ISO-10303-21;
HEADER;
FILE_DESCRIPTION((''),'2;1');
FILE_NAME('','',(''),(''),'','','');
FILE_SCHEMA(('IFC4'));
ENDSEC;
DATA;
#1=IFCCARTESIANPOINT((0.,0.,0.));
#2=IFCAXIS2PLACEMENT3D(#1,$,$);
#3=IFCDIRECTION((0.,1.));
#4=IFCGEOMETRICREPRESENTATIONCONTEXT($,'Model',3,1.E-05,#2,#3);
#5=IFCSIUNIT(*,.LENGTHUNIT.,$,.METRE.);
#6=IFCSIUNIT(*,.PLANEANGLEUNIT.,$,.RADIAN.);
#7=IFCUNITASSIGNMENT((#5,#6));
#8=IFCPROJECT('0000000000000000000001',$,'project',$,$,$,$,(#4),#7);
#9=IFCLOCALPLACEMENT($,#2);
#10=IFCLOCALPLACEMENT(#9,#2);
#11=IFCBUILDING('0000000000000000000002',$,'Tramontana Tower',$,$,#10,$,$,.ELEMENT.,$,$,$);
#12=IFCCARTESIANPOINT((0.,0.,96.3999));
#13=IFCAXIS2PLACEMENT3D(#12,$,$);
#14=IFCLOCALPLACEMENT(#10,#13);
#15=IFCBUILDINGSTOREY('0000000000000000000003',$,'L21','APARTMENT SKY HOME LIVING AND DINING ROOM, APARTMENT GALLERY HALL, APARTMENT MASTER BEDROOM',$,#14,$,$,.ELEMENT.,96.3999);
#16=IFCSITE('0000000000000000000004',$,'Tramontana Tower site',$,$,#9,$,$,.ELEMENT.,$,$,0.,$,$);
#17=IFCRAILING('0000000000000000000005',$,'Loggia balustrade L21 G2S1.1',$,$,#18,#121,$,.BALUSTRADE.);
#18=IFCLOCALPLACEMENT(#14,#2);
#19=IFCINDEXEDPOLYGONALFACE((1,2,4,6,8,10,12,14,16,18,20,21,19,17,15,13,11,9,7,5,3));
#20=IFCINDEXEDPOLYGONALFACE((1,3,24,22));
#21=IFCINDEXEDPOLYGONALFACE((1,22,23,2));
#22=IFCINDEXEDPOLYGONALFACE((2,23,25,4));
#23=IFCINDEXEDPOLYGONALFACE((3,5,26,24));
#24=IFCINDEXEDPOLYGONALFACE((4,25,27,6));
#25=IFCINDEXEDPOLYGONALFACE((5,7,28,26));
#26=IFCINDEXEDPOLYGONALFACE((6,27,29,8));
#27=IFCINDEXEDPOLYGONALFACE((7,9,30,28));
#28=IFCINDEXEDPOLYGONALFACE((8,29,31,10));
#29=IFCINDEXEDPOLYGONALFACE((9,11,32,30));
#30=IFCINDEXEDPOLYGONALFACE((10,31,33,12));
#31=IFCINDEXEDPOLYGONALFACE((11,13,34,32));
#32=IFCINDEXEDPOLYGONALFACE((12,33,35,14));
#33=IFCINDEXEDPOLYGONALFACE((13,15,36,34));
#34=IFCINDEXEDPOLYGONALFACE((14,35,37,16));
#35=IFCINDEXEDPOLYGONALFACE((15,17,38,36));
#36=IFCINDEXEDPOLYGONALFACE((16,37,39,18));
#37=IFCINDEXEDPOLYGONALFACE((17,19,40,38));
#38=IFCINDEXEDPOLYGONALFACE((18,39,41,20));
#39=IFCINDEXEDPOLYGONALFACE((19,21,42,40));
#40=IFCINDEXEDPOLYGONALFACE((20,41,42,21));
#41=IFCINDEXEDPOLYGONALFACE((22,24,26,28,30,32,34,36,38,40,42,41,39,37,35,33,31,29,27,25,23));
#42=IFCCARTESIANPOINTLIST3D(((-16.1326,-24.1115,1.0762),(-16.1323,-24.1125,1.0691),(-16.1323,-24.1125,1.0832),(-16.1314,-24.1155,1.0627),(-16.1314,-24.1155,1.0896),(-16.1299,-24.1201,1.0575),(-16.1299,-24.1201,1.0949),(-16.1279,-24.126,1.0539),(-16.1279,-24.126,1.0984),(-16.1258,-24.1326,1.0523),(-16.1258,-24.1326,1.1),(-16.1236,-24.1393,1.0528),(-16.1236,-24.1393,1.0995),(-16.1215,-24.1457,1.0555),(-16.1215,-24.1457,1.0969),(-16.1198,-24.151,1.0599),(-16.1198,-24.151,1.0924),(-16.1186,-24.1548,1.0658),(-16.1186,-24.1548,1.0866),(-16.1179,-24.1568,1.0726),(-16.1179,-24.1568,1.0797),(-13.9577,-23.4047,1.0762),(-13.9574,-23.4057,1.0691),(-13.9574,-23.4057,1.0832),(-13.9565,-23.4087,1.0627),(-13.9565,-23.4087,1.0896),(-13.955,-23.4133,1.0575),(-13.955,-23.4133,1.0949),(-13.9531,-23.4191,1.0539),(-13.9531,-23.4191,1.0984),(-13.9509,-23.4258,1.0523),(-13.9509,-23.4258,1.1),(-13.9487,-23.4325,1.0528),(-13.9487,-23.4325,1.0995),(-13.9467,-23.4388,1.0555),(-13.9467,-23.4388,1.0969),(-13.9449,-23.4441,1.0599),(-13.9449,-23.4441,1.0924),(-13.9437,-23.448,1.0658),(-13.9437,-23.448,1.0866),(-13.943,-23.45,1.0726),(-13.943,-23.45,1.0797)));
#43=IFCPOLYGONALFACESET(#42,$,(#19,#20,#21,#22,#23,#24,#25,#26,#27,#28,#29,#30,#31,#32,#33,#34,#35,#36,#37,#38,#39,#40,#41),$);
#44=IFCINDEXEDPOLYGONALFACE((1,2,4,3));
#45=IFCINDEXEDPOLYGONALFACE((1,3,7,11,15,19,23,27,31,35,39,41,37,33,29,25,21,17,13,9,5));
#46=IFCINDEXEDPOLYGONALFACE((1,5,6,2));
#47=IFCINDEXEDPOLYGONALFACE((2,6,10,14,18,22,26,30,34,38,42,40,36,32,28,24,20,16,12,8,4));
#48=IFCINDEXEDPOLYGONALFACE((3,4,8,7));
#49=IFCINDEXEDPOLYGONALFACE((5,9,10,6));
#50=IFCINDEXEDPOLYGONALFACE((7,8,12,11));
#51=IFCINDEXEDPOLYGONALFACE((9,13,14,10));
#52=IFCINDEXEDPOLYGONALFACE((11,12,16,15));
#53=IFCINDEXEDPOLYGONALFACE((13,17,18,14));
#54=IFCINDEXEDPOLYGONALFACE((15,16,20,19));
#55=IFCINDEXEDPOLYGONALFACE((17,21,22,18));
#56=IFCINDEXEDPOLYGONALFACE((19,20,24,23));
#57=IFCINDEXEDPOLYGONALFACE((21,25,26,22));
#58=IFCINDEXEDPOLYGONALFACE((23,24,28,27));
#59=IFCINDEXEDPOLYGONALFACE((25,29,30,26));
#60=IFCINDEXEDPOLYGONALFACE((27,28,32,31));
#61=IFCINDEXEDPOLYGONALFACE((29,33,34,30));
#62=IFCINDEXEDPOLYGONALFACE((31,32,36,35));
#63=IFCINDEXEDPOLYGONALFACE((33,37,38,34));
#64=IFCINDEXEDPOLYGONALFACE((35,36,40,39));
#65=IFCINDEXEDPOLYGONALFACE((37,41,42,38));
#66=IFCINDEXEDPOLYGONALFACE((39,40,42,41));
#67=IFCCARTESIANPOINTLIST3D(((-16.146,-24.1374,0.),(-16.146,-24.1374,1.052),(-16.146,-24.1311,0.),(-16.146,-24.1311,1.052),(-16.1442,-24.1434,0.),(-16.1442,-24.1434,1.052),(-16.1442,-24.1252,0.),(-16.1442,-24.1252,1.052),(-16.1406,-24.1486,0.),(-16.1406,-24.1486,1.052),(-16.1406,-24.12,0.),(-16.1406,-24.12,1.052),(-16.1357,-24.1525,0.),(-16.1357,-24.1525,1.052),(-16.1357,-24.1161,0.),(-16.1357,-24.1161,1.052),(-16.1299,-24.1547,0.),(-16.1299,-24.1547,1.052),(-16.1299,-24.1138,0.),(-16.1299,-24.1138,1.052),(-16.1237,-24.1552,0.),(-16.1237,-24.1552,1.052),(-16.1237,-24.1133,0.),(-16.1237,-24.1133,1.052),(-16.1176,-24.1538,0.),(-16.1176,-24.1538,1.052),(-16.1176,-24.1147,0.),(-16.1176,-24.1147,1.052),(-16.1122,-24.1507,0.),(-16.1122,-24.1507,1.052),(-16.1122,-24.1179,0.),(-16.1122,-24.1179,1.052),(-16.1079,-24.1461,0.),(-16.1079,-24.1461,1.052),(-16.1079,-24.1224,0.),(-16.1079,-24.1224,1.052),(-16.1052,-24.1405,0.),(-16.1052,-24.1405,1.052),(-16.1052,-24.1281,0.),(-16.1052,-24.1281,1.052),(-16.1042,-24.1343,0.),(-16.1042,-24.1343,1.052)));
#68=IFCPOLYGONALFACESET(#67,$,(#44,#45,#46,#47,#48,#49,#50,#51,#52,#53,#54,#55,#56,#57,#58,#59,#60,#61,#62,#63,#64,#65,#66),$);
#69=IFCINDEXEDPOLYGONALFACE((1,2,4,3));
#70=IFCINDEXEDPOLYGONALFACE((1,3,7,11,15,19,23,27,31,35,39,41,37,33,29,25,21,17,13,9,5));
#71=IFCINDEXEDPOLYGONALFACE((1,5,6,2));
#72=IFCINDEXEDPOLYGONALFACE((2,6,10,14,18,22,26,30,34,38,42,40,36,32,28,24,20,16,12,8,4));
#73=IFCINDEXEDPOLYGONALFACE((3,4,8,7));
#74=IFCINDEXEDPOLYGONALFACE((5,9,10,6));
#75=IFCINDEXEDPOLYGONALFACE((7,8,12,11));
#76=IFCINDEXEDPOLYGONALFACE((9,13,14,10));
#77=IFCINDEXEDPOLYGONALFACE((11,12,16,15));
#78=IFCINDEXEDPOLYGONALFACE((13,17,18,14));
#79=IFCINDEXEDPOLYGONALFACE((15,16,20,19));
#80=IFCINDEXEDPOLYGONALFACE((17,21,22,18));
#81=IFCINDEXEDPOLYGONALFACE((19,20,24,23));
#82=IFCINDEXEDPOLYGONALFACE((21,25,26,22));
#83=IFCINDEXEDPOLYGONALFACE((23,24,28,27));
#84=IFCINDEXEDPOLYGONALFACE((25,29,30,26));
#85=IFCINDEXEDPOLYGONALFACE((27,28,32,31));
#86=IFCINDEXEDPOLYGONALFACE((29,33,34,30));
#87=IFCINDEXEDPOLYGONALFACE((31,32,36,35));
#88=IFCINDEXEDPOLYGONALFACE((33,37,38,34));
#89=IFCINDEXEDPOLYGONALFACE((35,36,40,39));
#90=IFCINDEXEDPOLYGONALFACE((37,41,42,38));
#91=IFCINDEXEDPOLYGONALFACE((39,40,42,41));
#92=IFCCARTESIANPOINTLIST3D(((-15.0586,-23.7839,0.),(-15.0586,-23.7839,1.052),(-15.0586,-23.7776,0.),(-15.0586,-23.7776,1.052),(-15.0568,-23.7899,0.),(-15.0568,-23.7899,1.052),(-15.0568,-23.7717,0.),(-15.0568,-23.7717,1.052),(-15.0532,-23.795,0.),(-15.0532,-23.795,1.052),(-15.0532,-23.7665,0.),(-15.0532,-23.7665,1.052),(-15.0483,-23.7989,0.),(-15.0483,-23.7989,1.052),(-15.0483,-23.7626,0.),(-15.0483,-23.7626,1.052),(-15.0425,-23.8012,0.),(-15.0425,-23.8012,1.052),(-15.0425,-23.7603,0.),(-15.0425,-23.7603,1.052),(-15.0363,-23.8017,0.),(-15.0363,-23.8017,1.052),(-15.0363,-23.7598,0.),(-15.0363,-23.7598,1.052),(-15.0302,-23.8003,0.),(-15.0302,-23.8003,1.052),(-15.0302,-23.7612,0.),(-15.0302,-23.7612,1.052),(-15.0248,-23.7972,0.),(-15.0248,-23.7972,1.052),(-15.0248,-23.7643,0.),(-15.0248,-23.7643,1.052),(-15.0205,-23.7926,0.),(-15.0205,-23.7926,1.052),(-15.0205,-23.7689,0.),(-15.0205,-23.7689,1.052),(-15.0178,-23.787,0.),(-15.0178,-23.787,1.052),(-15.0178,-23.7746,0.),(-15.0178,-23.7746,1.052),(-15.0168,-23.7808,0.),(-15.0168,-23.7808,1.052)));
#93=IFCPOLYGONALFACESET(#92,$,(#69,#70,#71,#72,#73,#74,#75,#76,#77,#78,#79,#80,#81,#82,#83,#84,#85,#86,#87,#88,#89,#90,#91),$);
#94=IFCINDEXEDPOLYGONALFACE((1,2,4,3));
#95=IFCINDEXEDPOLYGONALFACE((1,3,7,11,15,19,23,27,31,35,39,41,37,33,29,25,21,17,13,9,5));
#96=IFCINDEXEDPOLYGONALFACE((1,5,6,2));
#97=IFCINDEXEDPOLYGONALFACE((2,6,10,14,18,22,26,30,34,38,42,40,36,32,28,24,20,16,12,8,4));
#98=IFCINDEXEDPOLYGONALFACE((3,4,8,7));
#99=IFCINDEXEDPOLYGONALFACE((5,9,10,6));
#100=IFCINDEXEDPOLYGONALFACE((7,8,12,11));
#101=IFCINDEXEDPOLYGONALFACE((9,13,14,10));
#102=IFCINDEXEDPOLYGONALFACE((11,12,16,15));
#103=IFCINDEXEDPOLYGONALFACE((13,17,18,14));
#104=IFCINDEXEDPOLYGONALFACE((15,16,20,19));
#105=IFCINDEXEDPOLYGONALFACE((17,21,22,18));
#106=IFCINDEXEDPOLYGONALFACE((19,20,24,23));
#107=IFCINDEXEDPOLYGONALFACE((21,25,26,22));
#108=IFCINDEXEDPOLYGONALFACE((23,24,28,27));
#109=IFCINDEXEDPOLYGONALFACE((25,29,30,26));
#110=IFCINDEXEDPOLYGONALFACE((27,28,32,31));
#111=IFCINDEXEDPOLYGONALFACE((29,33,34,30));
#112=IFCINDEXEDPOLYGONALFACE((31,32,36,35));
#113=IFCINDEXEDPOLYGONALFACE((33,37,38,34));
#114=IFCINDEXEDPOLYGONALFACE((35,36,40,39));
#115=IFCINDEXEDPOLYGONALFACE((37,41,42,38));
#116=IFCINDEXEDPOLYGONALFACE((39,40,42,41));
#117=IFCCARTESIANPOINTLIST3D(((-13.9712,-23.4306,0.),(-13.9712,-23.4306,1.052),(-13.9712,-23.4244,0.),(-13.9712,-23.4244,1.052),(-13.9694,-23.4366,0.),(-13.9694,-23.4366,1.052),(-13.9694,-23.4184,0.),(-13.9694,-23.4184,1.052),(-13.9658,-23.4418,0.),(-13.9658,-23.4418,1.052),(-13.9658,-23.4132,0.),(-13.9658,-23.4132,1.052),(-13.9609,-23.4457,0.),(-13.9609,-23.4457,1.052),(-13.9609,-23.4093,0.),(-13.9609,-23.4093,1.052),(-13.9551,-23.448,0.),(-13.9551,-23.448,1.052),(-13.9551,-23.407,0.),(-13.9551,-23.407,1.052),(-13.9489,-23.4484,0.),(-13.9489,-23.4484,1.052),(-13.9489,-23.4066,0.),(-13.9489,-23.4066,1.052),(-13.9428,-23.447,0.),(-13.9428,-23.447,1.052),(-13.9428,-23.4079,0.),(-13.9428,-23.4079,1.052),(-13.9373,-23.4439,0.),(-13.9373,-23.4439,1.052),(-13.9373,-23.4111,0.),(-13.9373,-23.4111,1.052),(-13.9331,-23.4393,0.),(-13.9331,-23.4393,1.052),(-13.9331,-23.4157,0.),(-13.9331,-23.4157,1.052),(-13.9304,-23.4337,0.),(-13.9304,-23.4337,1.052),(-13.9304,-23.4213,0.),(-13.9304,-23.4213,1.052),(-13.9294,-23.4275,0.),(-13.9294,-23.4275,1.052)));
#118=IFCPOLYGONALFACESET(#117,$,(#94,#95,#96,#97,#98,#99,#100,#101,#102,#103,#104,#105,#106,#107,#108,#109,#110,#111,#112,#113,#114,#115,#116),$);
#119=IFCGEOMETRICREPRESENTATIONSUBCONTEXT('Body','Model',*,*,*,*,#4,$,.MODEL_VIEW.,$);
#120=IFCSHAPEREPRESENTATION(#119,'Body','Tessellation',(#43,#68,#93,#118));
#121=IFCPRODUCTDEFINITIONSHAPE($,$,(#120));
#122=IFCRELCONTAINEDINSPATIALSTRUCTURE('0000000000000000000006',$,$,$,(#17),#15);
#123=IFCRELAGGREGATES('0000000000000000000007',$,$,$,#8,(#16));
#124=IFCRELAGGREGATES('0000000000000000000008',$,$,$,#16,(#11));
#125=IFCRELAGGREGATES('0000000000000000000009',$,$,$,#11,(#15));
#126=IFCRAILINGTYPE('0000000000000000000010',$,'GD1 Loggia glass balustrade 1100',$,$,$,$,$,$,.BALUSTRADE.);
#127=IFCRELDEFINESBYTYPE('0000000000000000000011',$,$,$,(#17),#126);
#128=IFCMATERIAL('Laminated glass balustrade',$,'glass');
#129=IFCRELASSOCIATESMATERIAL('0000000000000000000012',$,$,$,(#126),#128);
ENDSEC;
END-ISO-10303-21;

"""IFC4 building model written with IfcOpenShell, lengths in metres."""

from ifc_helpers import new_model, si_unit, direction, frame, origin, origin_2d, place, context, subcontext, project, spatial, circle, extrude, material, type_object, element, save


model = new_model("IFC4")

# Units and contexts
model_context = context("Model", 3, precision=1e-05, world=origin(), true_north=direction((0.0, 1.0)))
body_context = subcontext(model_context, "Body", "Model", "MODEL_VIEW")
ifc_project = project(units=[si_unit("LENGTHUNIT", "METRE"), si_unit("PLANEANGLEUNIT", "RADIAN")], contexts=[model_context])

# Site, building, storey
site_placement = place(None, origin())
site = spatial("IfcSite", under=ifc_project, at=site_placement, Name="Tramontana Tower site", CompositionType="ELEMENT", RefElevation=0.0)
building_placement = place(site_placement, origin())
building = spatial("IfcBuilding", under=site, at=building_placement, Name="Tramontana Tower", CompositionType="ELEMENT")
storey_placement = place(building_placement, frame((0.0, 0.0, 96.3999)))
storey = spatial("IfcBuildingStorey", under=building, at=storey_placement, Name="L21", Description="APARTMENT SKY HOME LIVING AND DINING ROOM, APARTMENT GALLERY HALL, APARTMENT MASTER BEDROOM", CompositionType="ELEMENT", Elevation=96.3999)

# Railing
ifc_material_1 = material(Name="Laminated glass balustrade", Category="glass")
railing_type = type_object("IfcRailingType", Name="GD1 Loggia glass balustrade 1100", PredefinedType="BALUSTRADE", material=ifc_material_1)
railing_1_placement = place(storey_placement, frame((-16.1252, -24.1343, 0.0)))
element("IfcRailing", 1, at=railing_1_placement, inside=storey, type_object=railing_type, Name="Loggia balustrade L21 G2S1.1", PredefinedType="BALUSTRADE", context=body_context, shape_type="SweptSolid", body=[
    extrude(circle(Radius=0.0239, at=origin_2d()), frame((0.0, 0.0, 1.0762), z_axis=(0.951037, 0.309076, 0.0), x_axis=(-0.309076, 0.951037, 0.0)), (0.0, 0.0, 1.0), 2.2869),
    extrude(circle(Radius=0.021, at=origin_2d()), origin(), (0.0, 0.0, 1.0), 1.052),
    extrude(circle(Radius=0.021, at=origin_2d()), frame((1.0874, 0.3535, 0.0)), (0.0, 0.0, 1.0), 1.052),
    extrude(circle(Radius=0.021, at=origin_2d()), frame((2.1748, 0.7068, 0.0)), (0.0, 0.0, 1.0), 1.052),
])

save(model, "model.ifc")
